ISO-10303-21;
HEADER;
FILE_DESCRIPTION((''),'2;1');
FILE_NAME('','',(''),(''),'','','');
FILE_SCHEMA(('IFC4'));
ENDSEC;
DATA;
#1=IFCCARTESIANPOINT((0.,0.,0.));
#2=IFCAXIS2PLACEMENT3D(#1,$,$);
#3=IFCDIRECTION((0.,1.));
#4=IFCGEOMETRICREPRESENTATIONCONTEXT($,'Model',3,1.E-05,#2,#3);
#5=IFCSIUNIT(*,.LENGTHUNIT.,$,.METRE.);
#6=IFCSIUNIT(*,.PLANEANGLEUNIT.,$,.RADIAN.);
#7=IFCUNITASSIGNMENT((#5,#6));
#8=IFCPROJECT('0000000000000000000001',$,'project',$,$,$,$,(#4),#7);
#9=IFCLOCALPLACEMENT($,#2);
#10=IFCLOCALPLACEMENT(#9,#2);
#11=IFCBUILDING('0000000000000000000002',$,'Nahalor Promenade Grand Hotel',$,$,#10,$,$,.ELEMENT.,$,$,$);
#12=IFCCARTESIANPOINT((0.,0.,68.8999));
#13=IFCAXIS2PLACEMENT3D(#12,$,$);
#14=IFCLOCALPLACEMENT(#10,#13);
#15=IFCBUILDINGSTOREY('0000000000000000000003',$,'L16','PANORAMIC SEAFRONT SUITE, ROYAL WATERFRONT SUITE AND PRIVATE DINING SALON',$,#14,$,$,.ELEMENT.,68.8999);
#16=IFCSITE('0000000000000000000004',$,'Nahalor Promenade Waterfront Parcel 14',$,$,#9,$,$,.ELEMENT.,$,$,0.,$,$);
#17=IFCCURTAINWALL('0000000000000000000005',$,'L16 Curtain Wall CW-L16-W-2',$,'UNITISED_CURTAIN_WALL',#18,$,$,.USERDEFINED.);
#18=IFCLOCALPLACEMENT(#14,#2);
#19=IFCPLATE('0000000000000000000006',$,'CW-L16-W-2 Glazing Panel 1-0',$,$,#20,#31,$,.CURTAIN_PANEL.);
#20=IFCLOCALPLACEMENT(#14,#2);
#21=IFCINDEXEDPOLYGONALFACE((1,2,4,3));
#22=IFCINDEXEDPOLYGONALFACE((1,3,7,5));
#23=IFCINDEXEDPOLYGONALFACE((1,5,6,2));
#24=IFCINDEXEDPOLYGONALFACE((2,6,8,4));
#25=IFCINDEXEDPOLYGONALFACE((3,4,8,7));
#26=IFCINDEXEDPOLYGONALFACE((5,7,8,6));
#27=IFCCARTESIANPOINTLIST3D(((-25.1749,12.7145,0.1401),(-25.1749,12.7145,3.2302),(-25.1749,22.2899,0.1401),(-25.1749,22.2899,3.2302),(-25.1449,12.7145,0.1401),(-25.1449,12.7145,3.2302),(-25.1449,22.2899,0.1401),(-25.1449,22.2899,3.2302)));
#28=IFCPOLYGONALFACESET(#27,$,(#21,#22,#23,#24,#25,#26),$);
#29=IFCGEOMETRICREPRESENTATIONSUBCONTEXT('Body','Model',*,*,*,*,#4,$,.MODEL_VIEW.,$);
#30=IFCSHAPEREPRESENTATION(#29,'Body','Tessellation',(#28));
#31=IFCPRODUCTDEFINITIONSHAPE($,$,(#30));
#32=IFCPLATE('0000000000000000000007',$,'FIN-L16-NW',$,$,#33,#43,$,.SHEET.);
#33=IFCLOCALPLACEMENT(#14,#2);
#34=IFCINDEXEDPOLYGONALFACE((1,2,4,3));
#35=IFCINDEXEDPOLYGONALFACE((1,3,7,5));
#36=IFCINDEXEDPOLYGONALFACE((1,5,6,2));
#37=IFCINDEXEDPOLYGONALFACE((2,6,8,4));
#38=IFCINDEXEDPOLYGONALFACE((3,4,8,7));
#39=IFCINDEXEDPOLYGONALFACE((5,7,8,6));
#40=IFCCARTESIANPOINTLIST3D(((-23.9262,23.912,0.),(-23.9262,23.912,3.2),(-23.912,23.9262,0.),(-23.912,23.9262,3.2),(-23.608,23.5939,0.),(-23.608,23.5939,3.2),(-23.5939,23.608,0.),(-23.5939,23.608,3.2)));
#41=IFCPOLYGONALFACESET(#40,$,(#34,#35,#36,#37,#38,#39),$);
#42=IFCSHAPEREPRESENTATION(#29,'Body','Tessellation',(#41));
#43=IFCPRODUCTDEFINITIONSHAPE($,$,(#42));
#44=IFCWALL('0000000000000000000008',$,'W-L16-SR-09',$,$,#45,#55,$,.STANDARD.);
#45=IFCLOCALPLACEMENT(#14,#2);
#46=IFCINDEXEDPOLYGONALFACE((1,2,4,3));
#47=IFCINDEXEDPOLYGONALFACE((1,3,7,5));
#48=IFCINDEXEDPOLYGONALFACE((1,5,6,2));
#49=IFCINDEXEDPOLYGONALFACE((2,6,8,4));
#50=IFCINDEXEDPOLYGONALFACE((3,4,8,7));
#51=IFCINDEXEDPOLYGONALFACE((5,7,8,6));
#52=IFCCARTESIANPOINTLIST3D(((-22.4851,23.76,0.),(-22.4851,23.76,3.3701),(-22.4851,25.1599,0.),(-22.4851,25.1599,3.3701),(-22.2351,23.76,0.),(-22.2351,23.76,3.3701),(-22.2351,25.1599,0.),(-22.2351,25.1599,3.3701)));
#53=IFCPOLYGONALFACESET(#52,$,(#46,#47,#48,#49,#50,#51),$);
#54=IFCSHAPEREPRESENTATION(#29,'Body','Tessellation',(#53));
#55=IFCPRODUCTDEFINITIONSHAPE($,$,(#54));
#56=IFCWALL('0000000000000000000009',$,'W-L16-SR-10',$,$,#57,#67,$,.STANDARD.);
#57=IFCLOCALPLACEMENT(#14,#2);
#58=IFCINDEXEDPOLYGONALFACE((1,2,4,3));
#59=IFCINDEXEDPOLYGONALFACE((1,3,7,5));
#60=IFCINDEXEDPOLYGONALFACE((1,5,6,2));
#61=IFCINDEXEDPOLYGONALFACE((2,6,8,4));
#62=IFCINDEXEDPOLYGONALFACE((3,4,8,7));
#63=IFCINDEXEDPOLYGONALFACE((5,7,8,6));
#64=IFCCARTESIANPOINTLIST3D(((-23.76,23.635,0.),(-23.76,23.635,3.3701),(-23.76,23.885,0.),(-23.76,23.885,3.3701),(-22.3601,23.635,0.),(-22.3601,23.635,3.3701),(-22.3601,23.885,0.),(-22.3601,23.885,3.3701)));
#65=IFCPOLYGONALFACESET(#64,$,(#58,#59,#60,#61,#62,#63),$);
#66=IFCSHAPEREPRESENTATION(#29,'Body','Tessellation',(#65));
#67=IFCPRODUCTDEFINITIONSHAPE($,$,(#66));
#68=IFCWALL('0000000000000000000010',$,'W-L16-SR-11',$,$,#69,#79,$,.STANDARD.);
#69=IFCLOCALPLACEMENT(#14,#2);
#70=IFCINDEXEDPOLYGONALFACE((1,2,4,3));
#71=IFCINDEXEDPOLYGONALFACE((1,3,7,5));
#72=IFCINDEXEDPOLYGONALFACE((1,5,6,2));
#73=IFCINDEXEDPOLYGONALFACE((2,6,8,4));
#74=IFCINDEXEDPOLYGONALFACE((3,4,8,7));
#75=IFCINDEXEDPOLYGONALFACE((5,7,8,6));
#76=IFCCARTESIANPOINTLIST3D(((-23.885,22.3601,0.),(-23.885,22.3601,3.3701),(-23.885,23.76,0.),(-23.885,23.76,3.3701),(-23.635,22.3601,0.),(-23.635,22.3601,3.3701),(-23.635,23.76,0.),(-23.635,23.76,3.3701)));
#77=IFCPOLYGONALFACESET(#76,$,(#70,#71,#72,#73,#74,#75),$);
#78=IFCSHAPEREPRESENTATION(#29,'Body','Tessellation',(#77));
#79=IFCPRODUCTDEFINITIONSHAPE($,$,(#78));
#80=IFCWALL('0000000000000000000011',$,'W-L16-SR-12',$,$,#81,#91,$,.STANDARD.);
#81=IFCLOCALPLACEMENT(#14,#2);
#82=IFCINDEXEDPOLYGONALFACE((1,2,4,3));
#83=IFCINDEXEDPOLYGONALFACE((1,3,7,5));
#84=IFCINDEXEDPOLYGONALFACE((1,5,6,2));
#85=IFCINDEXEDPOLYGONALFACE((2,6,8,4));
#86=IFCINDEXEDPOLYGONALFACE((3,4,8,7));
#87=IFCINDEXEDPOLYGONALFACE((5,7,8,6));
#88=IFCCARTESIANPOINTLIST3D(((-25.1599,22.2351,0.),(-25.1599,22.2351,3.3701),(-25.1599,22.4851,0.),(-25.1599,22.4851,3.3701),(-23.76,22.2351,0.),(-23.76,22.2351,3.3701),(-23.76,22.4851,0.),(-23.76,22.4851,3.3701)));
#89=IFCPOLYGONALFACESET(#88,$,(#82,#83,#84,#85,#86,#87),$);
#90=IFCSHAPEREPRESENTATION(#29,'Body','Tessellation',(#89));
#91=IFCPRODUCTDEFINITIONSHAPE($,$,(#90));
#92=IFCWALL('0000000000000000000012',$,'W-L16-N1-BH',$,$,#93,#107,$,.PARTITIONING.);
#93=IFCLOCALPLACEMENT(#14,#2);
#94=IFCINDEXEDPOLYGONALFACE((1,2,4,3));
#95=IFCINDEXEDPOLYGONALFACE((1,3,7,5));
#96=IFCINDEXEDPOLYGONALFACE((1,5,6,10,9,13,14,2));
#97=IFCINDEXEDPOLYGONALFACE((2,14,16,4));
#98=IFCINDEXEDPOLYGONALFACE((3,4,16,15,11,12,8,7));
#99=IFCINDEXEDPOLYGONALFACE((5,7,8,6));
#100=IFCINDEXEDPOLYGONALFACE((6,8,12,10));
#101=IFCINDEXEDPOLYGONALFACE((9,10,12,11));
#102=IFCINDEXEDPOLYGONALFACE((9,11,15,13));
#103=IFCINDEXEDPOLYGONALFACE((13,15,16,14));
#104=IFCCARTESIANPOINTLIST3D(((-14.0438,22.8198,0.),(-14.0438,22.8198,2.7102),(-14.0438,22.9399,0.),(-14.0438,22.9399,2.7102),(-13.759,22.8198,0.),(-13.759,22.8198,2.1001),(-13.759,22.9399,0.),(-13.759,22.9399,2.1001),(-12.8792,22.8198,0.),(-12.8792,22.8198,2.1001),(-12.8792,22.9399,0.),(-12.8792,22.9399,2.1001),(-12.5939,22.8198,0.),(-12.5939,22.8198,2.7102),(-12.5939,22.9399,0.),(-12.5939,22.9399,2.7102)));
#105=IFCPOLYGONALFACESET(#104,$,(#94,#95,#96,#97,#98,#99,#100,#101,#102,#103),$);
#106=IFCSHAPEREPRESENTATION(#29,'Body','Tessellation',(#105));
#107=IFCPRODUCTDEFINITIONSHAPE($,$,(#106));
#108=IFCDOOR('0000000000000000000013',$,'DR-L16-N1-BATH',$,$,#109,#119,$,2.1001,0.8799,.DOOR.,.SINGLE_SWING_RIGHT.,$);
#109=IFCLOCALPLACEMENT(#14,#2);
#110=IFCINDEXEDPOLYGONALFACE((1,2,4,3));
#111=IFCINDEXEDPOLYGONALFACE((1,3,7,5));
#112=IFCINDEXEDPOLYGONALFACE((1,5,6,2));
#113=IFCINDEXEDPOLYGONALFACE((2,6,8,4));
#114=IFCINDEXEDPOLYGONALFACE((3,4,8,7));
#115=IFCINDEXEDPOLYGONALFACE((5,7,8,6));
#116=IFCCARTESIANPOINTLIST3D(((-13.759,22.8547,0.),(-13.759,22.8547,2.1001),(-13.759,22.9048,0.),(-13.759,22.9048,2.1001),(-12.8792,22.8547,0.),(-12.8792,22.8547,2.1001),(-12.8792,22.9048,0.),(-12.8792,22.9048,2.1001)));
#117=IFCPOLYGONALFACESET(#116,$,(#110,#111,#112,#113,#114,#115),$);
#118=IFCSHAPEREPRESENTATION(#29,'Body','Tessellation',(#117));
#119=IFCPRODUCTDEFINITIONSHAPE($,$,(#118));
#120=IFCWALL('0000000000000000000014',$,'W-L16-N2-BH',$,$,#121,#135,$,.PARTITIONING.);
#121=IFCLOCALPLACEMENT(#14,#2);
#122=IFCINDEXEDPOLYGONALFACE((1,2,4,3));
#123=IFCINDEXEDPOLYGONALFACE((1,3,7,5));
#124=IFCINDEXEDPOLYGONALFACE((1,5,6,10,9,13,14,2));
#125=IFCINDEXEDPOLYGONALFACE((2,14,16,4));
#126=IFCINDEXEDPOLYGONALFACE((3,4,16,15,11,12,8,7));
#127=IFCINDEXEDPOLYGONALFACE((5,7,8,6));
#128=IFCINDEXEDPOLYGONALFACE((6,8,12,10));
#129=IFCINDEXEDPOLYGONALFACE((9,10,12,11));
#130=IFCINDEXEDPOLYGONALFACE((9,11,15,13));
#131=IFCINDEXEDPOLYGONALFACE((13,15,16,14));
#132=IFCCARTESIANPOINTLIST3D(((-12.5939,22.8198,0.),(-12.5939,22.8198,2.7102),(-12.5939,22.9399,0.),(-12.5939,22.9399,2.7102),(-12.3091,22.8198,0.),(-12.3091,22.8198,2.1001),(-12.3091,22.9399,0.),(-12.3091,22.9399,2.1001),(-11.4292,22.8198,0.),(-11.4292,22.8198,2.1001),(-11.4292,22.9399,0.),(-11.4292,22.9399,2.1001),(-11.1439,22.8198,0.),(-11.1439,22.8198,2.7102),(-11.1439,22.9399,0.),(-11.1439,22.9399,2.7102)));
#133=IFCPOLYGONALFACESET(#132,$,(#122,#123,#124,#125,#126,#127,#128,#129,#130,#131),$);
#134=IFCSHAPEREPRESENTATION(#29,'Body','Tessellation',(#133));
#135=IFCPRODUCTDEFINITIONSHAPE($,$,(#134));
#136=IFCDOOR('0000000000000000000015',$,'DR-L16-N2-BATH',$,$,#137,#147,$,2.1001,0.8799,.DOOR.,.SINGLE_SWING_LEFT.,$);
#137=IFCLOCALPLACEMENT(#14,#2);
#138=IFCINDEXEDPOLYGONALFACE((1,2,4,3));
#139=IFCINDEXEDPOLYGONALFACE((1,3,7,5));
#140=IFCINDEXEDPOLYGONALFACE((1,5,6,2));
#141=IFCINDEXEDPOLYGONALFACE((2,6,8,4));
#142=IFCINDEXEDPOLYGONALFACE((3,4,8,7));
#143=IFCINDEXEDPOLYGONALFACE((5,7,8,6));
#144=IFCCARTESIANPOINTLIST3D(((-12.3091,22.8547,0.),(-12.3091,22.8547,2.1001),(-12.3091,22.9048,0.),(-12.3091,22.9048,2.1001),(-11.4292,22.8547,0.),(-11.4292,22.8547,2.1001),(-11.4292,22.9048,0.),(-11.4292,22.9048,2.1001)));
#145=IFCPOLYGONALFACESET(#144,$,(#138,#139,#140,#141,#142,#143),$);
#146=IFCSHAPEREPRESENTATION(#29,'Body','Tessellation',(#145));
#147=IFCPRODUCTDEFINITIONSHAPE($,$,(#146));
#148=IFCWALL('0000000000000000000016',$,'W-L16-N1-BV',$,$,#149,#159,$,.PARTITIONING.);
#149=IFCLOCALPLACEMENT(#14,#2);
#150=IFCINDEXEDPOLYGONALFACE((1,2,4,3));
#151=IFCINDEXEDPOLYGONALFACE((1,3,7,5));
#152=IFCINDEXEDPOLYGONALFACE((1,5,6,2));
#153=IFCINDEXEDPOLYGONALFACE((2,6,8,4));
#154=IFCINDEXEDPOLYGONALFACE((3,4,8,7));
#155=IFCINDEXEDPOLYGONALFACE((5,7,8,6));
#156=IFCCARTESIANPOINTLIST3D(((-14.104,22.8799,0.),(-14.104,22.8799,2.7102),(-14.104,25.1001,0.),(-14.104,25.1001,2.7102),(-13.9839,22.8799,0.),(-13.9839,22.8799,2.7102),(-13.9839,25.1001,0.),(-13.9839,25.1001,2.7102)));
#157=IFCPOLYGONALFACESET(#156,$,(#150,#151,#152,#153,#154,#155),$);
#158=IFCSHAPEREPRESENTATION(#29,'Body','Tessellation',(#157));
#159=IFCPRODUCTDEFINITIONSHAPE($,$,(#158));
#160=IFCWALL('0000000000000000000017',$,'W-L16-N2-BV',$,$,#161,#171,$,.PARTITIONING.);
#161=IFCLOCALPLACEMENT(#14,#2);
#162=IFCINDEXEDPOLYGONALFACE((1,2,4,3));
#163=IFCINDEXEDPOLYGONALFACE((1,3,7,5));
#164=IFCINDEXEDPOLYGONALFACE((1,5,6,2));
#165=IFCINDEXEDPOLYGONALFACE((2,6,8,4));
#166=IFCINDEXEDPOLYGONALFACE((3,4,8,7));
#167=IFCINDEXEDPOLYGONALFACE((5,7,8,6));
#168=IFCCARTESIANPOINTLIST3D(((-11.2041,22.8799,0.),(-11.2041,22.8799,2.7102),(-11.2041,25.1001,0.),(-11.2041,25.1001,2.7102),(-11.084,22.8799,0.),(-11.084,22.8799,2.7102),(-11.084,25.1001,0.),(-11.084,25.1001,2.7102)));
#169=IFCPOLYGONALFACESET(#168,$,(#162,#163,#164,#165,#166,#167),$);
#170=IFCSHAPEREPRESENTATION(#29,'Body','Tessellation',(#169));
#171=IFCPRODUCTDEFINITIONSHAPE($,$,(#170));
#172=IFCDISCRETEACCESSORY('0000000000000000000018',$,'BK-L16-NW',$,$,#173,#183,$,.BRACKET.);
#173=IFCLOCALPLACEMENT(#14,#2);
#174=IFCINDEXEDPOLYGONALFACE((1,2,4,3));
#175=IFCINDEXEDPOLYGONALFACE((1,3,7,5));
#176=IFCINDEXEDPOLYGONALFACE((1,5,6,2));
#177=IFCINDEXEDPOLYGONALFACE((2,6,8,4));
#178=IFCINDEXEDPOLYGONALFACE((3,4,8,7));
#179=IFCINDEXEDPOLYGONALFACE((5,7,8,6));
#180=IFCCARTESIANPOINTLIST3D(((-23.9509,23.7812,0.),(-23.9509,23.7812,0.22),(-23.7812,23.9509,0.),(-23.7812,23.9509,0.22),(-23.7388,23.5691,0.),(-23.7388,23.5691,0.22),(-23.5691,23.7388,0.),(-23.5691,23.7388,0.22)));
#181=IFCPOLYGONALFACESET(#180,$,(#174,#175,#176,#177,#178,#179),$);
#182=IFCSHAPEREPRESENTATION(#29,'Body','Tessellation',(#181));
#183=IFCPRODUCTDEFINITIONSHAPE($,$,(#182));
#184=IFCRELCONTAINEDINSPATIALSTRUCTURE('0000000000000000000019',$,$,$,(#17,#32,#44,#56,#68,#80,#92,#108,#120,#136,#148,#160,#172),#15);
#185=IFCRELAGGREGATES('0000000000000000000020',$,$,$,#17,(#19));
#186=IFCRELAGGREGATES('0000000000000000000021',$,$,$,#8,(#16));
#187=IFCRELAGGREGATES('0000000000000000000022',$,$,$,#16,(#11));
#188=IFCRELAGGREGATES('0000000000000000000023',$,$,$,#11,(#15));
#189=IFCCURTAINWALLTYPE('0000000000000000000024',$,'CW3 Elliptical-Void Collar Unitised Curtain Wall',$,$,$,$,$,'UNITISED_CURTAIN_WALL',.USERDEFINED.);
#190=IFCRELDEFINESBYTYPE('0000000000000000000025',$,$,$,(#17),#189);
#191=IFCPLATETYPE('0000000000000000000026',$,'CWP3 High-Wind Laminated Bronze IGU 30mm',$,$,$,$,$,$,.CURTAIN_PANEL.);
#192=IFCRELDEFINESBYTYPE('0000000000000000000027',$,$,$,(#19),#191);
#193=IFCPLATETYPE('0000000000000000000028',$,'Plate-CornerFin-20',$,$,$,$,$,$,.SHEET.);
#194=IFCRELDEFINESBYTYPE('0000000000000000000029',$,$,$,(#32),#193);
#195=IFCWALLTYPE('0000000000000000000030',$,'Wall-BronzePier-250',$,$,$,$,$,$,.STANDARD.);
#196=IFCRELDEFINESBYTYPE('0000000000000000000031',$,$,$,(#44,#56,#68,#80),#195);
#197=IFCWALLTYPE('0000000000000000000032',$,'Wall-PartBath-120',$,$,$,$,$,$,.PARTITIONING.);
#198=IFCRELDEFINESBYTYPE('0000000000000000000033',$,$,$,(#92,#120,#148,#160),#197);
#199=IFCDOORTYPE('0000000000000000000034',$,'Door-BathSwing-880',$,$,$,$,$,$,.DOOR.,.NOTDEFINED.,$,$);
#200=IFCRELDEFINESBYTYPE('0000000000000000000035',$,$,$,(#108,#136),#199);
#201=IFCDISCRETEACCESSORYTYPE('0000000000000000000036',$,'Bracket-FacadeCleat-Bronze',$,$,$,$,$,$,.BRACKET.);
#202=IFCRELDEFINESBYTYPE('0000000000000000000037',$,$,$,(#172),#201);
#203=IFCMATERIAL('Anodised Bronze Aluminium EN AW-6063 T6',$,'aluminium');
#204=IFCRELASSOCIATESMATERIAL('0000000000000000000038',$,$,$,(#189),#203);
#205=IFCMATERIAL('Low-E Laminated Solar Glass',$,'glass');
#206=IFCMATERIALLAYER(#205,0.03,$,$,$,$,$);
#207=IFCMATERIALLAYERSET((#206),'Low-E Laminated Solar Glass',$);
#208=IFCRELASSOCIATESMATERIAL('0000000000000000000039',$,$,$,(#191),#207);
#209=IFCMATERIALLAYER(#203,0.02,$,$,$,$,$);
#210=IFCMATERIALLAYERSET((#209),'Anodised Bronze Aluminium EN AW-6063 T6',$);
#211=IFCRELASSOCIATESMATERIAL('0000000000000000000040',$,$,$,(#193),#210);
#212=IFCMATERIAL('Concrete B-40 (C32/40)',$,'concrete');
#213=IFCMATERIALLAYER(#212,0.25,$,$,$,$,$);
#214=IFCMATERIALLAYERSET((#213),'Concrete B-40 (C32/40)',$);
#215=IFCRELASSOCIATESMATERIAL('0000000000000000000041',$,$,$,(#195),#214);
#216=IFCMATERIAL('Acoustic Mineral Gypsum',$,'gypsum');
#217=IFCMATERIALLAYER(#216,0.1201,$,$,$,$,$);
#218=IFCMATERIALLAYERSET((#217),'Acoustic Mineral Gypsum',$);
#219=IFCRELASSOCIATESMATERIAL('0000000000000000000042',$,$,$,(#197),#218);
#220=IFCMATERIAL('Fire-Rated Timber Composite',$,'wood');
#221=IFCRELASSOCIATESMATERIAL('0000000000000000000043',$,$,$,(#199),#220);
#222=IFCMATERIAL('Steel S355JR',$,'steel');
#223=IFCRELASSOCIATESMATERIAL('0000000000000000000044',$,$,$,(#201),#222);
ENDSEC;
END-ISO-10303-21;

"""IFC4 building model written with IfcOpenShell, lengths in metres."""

from ifc_helpers import new_model, si_unit, direction, frame, frame_2d, origin, origin_2d, place, context, subcontext, project, spatial, rectangle, extrude, source, transform, mapped, material, layer, layer_set, type_object, element, fill, aggregate, save


model = new_model("IFC4")

# Units and contexts
model_context = context("Model", 3, precision=1e-05, world=origin(), true_north=direction((0.0, 1.0)))
body_context = subcontext(model_context, "Body", "Model", "MODEL_VIEW")
ifc_project = project(units=[si_unit("LENGTHUNIT", "METRE"), si_unit("PLANEANGLEUNIT", "RADIAN")], contexts=[model_context])

# Site, building, storey
site_placement = place(None, origin())
site = spatial("IfcSite", under=ifc_project, at=site_placement, Name="Nahalor Promenade Waterfront Parcel 14", CompositionType="ELEMENT", RefElevation=0.0)
building_placement = place(site_placement, origin())
building = spatial("IfcBuilding", under=site, at=building_placement, Name="Nahalor Promenade Grand Hotel", CompositionType="ELEMENT")
storey_placement = place(building_placement, frame((0.0, 0.0, 68.8999)))
storey = spatial("IfcBuildingStorey", under=building, at=storey_placement, Name="L16", Description="PANORAMIC SEAFRONT SUITE, ROYAL WATERFRONT SUITE AND PRIVATE DINING SALON", CompositionType="ELEMENT", Elevation=68.8999)

# Shared definitions
ifc_material_1 = material(Name="Steel S355JR", Category="steel")

# Curtain wall
ifc_material_2 = material(Name="Anodised Bronze Aluminium EN AW-6063 T6", Category="aluminium")
curtain_wall_type = type_object("IfcCurtainWallType", Name="CW3 Elliptical-Void Collar Unitised Curtain Wall", ElementType="UNITISED_CURTAIN_WALL", PredefinedType="USERDEFINED", material=ifc_material_2)
curtain_wall_1_placement = place(storey_placement, origin())
curtain_wall_1 = element("IfcCurtainWall", 1, at=curtain_wall_1_placement, inside=storey, type_object=curtain_wall_type, Name="L16 Curtain Wall CW-L16-W-2", ObjectType="UNITISED_CURTAIN_WALL", PredefinedType="USERDEFINED")

# Plates
ifc_material_3 = material(Name="Low-E Laminated Solar Glass", Category="glass")
ifc_layer_1 = layer(ifc_material_3, 0.03)
ifc_layer_set_1 = layer_set([ifc_layer_1], Name="Low-E Laminated Solar Glass")
plate_type_1 = type_object("IfcPlateType", Name="CWP3 High-Wind Laminated Bronze IGU 30mm", PredefinedType="CURTAIN_PANEL", material=ifc_layer_set_1)
shared_shape_1 = source(origin(), body_context, "Body", "SweptSolid", [
    extrude(rectangle(XDim=9.5754, YDim=0.03, at=origin_2d()), origin(), (0.0, 0.0, 1.0), 3.0901),
])
plate_1_placement = place(storey_placement, frame((-25.1599, 17.5022, 0.1401), z_axis=(0.0, 0.0, 1.0), x_axis=(0.0, 1.0, 0.0)))
plate_1 = element("IfcPlate", 2, at=plate_1_placement, type_object=plate_type_1, Name="CW-L16-W-2 Glazing Panel 1-0", PredefinedType="CURTAIN_PANEL", context=body_context, shape_type="MappedRepresentation", body=[
    mapped(shared_shape_1, transform((0.0, 0.0, 0.0), scale=1.0)),
])
aggregate(curtain_wall_1, [plate_1])
ifc_layer_2 = layer(ifc_material_2, 0.02)
ifc_layer_set_2 = layer_set([ifc_layer_2], Name="Anodised Bronze Aluminium EN AW-6063 T6")
plate_type_2 = type_object("IfcPlateType", Name="Plate-CornerFin-20", PredefinedType="SHEET", material=ifc_layer_set_2)
shared_shape_2 = source(origin(), body_context, "Body", "SweptSolid", [
    extrude(rectangle(XDim=0.45, YDim=0.02, at=origin_2d()), origin(), (0.0, 0.0, 1.0), 3.2),
])
plate_2_placement = place(storey_placement, frame((-23.76, 23.76, 0.0), z_axis=(0.0, 0.0, 1.0), x_axis=(-0.707107, 0.707107, 0.0)))
element("IfcPlate", 3, at=plate_2_placement, inside=storey, type_object=plate_type_2, Name="FIN-L16-NW", PredefinedType="SHEET", context=body_context, shape_type="MappedRepresentation", body=[
    mapped(shared_shape_2, transform((0.0, 0.0, 0.0), scale=1.0)),
])

# Walls
ifc_material_4 = material(Name="Concrete B-40 (C32/40)", Category="concrete")
ifc_layer_3 = layer(ifc_material_4, 0.25)
ifc_layer_set_3 = layer_set([ifc_layer_3], Name="Concrete B-40 (C32/40)")
wall_type_1 = type_object("IfcWallType", Name="Wall-BronzePier-250", PredefinedType="STANDARD", material=ifc_layer_set_3)
shared_shape_3 = source(origin(), body_context, "Body", "SweptSolid", [
    extrude(rectangle(XDim=1.3999, YDim=0.25, at=frame_2d((0.7, 0.0))), origin(), (0.0, 0.0, 1.0), 3.3701),
])
for number, where, z_axis, x_axis, name in (
    (4, (-22.3601, 23.76, 0.0), (0.0, 0.0, 1.0), (0.0, 1.0, 0.0), "W-L16-SR-09"),
    (5, (-23.76, 23.76, 0.0), (0.0, 0.0, 1.0), (1.0, 0.0, 0.0), "W-L16-SR-10"),
    (6, (-23.76, 22.3601, 0.0), (0.0, 0.0, 1.0), (0.0, 1.0, 0.0), "W-L16-SR-11"),
    (7, (-25.1599, 22.3601, 0.0), (0.0, 0.0, 1.0), (1.0, 0.0, 0.0), "W-L16-SR-12"),
):
    element("IfcWall", number, at=place(storey_placement, frame(where, z_axis=z_axis, x_axis=x_axis)), inside=storey, type_object=wall_type_1, Name=name, PredefinedType="STANDARD", context=body_context, shape_type="MappedRepresentation", body=[
        mapped(shared_shape_3, transform((0.0, 0.0, 0.0), scale=1.0)),
    ])

# Walls, openings, doors
ifc_material_5 = material(Name="Acoustic Mineral Gypsum", Category="gypsum")
ifc_layer_4 = layer(ifc_material_5, 0.1201)
ifc_layer_set_4 = layer_set([ifc_layer_4], Name="Acoustic Mineral Gypsum")
wall_type_2 = type_object("IfcWallType", Name="Wall-PartBath-120", PredefinedType="PARTITIONING", material=ifc_layer_set_4)
shared_shape_4 = source(origin(), body_context, "Body", "SweptSolid", [
    extrude(rectangle(XDim=1.45, YDim=0.1201, at=frame_2d((0.7251, 0.0))), origin(), (0.0, 0.0, 1.0), 2.7102),
])
wall_1_placement = place(storey_placement, frame((-14.0439, 22.8799, 0.0), z_axis=(0.0, 0.0, 1.0), x_axis=(1.0, 0.0, 0.0)))
wall_1 = element("IfcWall", 8, at=wall_1_placement, inside=storey, type_object=wall_type_2, Name="W-L16-N1-BH", PredefinedType="PARTITIONING", context=body_context, shape_type="MappedRepresentation", body=[
    mapped(shared_shape_4, transform((0.0, 0.0, 0.0), scale=1.0)),
])
opening_1_placement = place(wall_1_placement, frame((0.2849, 0.0, 0.0)))
opening_1 = element("IfcOpeningElement", 9, at=opening_1_placement, cuts=wall_1, PredefinedType="OPENING", context=body_context, shape_type="SweptSolid", body=[
    extrude(rectangle(XDim=0.8799, YDim=2.1001, at=frame_2d((0.4399, 1.05))), frame((0.0, 0.0701, 0.0), z_axis=(0.0, -1.0, 0.0), x_axis=(1.0, 0.0, 0.0)), (0.0, 0.0, 1.0), 0.1401),
])
ifc_material_6 = material(Name="Fire-Rated Timber Composite", Category="wood")
door_type = type_object("IfcDoorType", Name="Door-BathSwing-880", OperationType="NOTDEFINED", PredefinedType="DOOR", material=ifc_material_6)
shared_shape_5 = source(origin(), body_context, "Body", "SweptSolid", [
    extrude(rectangle(XDim=0.8799, YDim=2.1001, at=frame_2d((0.4399, 1.05))), frame((0.0, 0.0249, 0.0), z_axis=(0.0, -1.0, 0.0), x_axis=(1.0, 0.0, 0.0)), (0.0, 0.0, 1.0), 0.05),
])
door_1_placement = place(opening_1_placement, origin())
door_1 = element("IfcDoor", 10, at=door_1_placement, inside=storey, type_object=door_type, Name="DR-L16-N1-BATH", OperationType="SINGLE_SWING_RIGHT", OverallHeight=2.1001, OverallWidth=0.8799, PredefinedType="DOOR", context=body_context, shape_type="MappedRepresentation", body=[
    mapped(shared_shape_5, transform((0.0, 0.0, 0.0), scale=1.0)),
])
fill(opening_1, door_1)
wall_2_placement = place(storey_placement, frame((-12.594, 22.8799, 0.0), z_axis=(0.0, 0.0, 1.0), x_axis=(1.0, 0.0, 0.0)))
wall_2 = element("IfcWall", 11, at=wall_2_placement, inside=storey, type_object=wall_type_2, Name="W-L16-N2-BH", PredefinedType="PARTITIONING", context=body_context, shape_type="MappedRepresentation", body=[
    mapped(shared_shape_4, transform((0.0, 0.0, 0.0), scale=1.0)),
])
opening_2_placement = place(wall_2_placement, frame((0.2849, 0.0, 0.0)))
opening_2 = element("IfcOpeningElement", 12, at=opening_2_placement, cuts=wall_2, PredefinedType="OPENING", context=body_context, shape_type="SweptSolid", body=[
    extrude(rectangle(XDim=0.8799, YDim=2.1001, at=frame_2d((0.4399, 1.05))), frame((0.0, 0.0701, 0.0), z_axis=(0.0, -1.0, 0.0), x_axis=(1.0, 0.0, 0.0)), (0.0, 0.0, 1.0), 0.1401),
])
door_2_placement = place(opening_2_placement, origin())
door_2 = element("IfcDoor", 13, at=door_2_placement, inside=storey, type_object=door_type, Name="DR-L16-N2-BATH", OperationType="SINGLE_SWING_LEFT", OverallHeight=2.1001, OverallWidth=0.8799, PredefinedType="DOOR", context=body_context, shape_type="MappedRepresentation", body=[
    mapped(shared_shape_5, transform((0.0, 0.0, 0.0), scale=1.0)),
])
fill(opening_2, door_2)

# Walls
shared_shape_6 = source(origin(), body_context, "Body", "SweptSolid", [
    extrude(rectangle(XDim=2.2202, YDim=0.1201, at=frame_2d((1.1101, 0.0))), origin(), (0.0, 0.0, 1.0), 2.7102),
])
for number, where, z_axis, x_axis, name in (
    (14, (-14.0439, 22.8799, 0.0), (0.0, 0.0, 1.0), (0.0, 1.0, 0.0), "W-L16-N1-BV"),
    (15, (-11.144, 22.8799, 0.0), (0.0, 0.0, 1.0), (0.0, 1.0, 0.0), "W-L16-N2-BV"),
):
    element("IfcWall", number, at=place(storey_placement, frame(where, z_axis=z_axis, x_axis=x_axis)), inside=storey, type_object=wall_type_2, Name=name, PredefinedType="PARTITIONING", context=body_context, shape_type="MappedRepresentation", body=[
        mapped(shared_shape_6, transform((0.0, 0.0, 0.0), scale=1.0)),
    ])

# Discrete accessory
discrete_accessory_type = type_object("IfcDiscreteAccessoryType", Name="Bracket-FacadeCleat-Bronze", PredefinedType="BRACKET", material=ifc_material_1)
shared_shape_7 = source(origin(), body_context, "Body", "SweptSolid", [
    extrude(rectangle(XDim=0.3, YDim=0.24, at=origin_2d()), origin(), (0.0, 0.0, 1.0), 0.22),
])
discrete_accessory_placement = place(storey_placement, frame((-23.76, 23.76, 0.0), z_axis=(0.0, 0.0, 1.0), x_axis=(-0.707107, 0.707107, 0.0)))
element("IfcDiscreteAccessory", 16, at=discrete_accessory_placement, inside=storey, type_object=discrete_accessory_type, Name="BK-L16-NW", PredefinedType="BRACKET", context=body_context, shape_type="MappedRepresentation", body=[
    mapped(shared_shape_7, transform((0.0, 0.0, 0.0), scale=1.0)),
])

save(model, "model.ifc")
